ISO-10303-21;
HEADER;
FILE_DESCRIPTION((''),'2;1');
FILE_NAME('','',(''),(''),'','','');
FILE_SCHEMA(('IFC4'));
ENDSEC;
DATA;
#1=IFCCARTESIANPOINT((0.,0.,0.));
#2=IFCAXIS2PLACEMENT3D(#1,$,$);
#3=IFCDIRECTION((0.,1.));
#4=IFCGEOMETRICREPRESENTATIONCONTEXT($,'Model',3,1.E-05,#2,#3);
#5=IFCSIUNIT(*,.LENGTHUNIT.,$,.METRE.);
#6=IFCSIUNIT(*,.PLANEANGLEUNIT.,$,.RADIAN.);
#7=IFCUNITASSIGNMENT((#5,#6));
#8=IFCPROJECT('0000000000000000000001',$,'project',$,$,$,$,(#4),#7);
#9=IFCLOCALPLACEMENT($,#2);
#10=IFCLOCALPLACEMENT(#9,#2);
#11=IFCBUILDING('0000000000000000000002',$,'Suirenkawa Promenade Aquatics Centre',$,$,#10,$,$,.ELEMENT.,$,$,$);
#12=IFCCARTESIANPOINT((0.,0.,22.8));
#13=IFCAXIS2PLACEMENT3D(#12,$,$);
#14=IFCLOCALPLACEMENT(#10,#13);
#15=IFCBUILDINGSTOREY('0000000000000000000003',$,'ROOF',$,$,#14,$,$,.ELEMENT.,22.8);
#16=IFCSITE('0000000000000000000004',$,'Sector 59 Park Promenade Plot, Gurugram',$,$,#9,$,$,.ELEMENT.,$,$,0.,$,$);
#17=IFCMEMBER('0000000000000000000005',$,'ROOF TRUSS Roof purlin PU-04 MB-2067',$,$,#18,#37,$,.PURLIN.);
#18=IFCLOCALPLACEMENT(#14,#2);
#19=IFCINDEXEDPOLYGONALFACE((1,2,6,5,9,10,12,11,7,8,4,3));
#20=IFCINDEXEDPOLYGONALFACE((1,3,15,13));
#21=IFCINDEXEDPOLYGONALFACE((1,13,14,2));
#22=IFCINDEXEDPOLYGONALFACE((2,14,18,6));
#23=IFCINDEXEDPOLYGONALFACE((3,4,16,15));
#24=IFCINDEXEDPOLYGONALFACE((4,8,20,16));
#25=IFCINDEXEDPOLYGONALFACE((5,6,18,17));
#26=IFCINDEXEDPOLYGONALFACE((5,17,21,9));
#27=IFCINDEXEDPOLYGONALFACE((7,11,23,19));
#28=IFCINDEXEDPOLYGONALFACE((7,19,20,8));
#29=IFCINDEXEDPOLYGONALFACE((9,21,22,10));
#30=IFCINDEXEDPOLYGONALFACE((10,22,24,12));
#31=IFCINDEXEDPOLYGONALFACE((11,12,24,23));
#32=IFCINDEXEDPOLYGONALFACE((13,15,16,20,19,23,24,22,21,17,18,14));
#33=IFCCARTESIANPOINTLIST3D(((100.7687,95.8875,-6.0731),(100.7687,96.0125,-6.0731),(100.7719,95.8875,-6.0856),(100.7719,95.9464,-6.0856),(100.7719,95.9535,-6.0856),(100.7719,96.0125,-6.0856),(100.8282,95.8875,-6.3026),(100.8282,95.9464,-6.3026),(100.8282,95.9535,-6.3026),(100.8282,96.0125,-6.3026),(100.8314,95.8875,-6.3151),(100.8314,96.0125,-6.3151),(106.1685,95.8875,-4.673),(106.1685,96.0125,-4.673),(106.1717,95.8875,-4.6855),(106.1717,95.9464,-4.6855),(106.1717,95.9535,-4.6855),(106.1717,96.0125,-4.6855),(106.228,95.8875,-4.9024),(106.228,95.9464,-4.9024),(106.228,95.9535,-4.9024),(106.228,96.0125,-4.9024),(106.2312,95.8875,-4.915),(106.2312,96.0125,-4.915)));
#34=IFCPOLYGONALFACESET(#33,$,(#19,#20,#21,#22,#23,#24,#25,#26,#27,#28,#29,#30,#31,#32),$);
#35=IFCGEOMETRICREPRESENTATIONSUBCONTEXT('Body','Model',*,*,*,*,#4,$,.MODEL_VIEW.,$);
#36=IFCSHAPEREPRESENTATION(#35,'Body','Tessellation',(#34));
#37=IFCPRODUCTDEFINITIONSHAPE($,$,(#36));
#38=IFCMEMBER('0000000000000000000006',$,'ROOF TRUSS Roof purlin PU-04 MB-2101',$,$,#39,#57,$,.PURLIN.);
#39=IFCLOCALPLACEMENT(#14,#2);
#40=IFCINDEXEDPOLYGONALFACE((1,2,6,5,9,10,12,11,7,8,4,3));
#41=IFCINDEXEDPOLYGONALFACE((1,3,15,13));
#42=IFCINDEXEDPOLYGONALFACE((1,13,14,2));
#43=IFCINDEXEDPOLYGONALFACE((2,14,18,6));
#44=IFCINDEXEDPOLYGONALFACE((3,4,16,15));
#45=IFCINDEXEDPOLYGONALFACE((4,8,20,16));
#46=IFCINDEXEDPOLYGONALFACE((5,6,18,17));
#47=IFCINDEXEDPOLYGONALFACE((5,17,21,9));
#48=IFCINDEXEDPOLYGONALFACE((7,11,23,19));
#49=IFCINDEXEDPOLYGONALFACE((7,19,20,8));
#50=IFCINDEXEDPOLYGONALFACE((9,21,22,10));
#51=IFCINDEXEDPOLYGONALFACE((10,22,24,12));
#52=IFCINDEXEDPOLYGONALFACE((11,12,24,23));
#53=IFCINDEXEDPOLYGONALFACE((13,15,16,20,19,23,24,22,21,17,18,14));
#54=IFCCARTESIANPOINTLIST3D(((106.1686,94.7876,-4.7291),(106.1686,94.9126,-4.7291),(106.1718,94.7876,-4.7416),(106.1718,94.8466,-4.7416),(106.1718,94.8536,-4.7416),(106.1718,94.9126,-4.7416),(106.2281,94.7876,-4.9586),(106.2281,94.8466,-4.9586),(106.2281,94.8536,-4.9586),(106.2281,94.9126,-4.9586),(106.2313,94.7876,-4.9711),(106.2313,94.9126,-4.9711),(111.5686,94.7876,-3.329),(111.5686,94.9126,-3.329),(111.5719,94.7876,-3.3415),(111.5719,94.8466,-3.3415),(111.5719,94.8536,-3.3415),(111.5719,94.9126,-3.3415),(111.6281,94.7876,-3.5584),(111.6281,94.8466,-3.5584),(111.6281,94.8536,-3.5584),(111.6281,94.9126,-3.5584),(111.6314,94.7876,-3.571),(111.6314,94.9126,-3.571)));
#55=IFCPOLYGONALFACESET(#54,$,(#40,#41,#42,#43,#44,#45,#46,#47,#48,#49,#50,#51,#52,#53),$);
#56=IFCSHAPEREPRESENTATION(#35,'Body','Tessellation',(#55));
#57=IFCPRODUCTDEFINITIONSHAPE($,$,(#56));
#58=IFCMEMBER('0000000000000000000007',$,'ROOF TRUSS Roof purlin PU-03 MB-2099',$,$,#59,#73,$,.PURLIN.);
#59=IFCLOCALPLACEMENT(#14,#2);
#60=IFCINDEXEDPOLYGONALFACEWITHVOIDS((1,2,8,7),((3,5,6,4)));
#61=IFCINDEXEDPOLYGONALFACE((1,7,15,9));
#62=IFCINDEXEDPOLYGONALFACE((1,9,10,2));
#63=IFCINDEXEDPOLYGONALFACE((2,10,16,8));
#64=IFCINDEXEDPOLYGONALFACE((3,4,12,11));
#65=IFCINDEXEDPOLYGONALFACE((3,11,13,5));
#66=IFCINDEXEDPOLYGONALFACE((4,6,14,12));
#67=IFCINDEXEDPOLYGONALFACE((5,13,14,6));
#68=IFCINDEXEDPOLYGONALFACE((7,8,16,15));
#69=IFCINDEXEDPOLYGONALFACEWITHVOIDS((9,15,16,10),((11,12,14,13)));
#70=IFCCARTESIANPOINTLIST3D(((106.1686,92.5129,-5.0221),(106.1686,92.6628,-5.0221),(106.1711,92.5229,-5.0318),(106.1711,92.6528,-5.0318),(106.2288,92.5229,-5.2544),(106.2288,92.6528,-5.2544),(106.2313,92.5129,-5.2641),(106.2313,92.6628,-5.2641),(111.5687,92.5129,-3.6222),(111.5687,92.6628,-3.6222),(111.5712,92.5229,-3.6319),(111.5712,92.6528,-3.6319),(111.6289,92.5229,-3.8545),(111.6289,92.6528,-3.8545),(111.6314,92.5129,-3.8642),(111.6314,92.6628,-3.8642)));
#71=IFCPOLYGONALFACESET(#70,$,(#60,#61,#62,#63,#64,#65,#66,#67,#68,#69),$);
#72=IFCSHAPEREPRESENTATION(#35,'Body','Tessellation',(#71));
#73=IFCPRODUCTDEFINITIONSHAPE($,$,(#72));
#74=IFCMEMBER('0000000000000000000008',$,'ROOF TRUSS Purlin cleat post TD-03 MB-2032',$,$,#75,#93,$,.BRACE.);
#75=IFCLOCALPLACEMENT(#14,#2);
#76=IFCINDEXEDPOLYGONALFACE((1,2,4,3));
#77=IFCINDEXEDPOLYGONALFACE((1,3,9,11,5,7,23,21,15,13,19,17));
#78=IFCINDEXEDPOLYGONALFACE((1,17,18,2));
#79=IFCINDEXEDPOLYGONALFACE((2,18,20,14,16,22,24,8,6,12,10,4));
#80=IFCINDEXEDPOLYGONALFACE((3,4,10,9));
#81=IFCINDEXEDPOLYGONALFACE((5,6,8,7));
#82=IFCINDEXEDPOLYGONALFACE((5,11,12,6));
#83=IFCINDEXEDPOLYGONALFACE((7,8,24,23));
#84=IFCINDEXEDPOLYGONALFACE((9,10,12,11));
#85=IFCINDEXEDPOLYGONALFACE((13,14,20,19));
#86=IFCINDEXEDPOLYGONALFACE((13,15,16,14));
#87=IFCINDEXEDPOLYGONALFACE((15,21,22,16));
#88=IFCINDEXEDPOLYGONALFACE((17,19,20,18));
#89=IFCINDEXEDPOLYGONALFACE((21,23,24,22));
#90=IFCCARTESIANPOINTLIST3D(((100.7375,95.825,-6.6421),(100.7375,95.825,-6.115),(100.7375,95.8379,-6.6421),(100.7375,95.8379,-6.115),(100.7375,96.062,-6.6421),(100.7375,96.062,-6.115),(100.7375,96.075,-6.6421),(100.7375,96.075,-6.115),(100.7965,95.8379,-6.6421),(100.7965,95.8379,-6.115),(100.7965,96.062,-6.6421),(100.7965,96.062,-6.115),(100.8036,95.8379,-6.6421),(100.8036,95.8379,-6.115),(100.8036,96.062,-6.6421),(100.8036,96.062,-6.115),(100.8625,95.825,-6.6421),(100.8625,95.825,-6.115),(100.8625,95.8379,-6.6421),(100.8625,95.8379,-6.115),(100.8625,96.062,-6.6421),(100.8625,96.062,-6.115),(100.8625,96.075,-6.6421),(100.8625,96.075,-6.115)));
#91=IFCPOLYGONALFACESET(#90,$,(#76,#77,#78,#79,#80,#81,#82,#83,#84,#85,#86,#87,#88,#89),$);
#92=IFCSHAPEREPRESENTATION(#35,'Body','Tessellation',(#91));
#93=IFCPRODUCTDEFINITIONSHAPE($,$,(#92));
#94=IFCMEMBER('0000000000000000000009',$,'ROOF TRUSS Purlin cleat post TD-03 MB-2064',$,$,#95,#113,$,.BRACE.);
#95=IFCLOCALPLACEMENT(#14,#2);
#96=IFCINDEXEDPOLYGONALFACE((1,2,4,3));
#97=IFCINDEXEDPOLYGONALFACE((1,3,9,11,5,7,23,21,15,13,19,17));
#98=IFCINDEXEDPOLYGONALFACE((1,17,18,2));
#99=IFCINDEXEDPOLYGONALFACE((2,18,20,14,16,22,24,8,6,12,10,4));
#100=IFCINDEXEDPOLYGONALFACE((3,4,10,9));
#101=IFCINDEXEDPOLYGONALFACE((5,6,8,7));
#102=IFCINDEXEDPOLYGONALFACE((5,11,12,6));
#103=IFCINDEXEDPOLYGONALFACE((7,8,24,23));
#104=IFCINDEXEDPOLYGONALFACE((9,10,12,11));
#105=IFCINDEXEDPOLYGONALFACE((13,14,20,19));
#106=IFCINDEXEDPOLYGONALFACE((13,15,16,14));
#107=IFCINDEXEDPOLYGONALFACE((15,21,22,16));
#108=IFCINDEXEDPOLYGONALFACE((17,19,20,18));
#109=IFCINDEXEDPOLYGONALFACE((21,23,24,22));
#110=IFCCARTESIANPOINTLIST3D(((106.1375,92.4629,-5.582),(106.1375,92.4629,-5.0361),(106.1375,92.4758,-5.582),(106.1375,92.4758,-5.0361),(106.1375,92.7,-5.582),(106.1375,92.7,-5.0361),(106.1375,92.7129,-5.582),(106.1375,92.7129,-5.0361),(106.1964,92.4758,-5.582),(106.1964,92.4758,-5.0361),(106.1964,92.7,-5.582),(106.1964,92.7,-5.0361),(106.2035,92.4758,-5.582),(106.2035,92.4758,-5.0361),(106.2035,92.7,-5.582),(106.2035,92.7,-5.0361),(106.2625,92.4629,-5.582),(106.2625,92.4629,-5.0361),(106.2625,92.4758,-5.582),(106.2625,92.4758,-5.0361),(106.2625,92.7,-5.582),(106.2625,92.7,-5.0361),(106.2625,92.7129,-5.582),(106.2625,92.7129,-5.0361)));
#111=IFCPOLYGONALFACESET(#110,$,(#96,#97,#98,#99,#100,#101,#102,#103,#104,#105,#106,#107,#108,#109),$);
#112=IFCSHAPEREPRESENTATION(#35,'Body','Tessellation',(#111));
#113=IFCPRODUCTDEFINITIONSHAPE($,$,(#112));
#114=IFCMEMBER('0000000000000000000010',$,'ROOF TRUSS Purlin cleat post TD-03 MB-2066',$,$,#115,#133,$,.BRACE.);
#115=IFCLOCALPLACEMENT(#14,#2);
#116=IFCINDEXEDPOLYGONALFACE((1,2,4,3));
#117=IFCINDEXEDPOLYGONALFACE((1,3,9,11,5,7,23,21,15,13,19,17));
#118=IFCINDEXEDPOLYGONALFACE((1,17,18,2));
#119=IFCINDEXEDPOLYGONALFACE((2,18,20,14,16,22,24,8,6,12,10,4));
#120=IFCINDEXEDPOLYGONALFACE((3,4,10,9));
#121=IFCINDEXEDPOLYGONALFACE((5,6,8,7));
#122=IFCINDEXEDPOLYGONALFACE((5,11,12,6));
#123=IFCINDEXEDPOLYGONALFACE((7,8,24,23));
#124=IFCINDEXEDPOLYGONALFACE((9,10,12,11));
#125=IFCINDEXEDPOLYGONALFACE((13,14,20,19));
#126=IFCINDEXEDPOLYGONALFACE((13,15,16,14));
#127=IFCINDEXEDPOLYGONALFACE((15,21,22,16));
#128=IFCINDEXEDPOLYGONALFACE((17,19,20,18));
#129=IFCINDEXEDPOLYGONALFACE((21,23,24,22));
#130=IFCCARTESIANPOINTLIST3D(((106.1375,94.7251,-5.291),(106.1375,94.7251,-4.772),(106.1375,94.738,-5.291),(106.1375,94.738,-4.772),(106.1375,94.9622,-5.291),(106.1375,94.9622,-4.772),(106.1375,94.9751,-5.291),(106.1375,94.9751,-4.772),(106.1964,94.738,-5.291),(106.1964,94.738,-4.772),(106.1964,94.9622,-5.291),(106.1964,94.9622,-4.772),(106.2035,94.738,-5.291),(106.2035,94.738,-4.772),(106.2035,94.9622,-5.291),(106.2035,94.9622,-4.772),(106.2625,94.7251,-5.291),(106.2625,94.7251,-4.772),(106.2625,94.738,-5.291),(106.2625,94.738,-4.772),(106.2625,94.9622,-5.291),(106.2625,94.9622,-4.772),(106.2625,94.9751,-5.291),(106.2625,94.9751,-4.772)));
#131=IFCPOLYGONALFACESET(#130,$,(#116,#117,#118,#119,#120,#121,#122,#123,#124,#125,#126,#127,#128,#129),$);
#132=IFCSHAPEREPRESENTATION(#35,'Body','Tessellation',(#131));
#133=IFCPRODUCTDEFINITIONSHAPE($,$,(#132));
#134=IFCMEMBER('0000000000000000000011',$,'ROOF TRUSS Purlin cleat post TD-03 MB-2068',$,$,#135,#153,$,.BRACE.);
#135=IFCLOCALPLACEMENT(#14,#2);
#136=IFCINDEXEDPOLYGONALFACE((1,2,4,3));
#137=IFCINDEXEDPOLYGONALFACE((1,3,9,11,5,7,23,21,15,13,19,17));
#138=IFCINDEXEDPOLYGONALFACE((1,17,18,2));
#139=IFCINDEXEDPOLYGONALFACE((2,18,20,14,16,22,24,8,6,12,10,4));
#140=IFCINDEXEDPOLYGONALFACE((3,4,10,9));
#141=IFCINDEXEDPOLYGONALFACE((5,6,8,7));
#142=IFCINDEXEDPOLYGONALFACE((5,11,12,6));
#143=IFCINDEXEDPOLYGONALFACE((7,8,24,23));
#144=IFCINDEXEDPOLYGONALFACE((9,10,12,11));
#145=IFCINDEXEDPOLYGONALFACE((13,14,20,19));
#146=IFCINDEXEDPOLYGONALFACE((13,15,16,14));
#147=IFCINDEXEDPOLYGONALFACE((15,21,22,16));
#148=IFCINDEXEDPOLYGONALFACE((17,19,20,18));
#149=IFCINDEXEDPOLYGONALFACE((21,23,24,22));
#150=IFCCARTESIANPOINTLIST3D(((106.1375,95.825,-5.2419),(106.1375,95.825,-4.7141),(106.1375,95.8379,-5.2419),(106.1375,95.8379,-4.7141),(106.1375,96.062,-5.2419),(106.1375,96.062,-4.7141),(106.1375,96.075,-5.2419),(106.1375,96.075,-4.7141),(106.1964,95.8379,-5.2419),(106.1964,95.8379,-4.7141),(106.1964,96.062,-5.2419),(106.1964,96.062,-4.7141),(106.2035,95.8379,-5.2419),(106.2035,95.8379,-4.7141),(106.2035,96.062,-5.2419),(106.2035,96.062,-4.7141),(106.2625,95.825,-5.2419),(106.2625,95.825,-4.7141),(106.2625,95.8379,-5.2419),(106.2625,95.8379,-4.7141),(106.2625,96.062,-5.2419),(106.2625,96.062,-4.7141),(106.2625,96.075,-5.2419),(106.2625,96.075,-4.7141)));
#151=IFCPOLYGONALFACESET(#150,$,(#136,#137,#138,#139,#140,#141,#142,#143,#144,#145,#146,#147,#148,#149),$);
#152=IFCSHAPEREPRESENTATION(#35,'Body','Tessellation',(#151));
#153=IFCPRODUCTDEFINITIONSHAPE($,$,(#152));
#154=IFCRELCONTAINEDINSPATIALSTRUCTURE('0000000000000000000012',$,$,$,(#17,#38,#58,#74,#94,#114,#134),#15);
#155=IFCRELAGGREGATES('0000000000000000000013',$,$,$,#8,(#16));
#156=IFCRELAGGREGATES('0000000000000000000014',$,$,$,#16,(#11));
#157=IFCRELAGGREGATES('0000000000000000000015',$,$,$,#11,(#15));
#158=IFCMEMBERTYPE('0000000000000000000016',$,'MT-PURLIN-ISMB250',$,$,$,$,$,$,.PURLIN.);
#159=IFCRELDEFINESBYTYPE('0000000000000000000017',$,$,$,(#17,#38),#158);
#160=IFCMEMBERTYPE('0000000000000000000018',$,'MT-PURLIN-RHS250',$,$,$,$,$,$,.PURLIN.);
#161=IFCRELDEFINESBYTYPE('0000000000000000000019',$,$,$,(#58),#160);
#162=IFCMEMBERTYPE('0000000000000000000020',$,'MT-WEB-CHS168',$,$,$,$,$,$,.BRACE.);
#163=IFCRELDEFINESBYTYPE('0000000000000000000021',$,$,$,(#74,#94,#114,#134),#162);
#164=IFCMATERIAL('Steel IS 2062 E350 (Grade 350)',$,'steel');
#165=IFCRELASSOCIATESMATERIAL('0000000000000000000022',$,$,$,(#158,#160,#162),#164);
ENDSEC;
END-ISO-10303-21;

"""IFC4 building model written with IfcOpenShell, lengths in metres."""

from ifc_helpers import new_model, si_unit, direction, frame, origin, origin_2d, place, context, subcontext, project, spatial, hollow_rectangle, i_section, extrude, material, material_profile, profile_set, type_object, element, save


model = new_model("IFC4")

# Units and contexts
model_context = context("Model", 3, precision=1e-05, world=origin(), true_north=direction((0.0, 1.0)))
body_context = subcontext(model_context, "Body", "Model", "MODEL_VIEW")
ifc_project = project(units=[si_unit("LENGTHUNIT", "METRE"), si_unit("PLANEANGLEUNIT", "RADIAN")], contexts=[model_context])

# Site, building, storey
site_placement = place(None, origin())
site = spatial("IfcSite", under=ifc_project, at=site_placement, Name="Sector 59 Park Promenade Plot, Gurugram", CompositionType="ELEMENT", RefElevation=0.0)
building_placement = place(site_placement, origin())
building = spatial("IfcBuilding", under=site, at=building_placement, Name="Suirenkawa Promenade Aquatics Centre", CompositionType="ELEMENT")
storey_placement = place(building_placement, frame((0.0, 0.0, 22.8)))
storey = spatial("IfcBuildingStorey", under=building, at=storey_placement, Name="ROOF", CompositionType="ELEMENT", Elevation=22.8)

# Shared definitions
ifc_material_1 = material(Name="Steel IS 2062 E350 (Grade 350)", Category="steel")

# Members
ifc_material_profile_1 = material_profile(ifc_material_1, i_section(OverallWidth=0.125, OverallDepth=0.25, WebThickness=0.0071, FlangeThickness=0.0129, at=origin_2d()), Name="ISMB 250", Category="steel")
ifc_profile_set_1 = profile_set([ifc_material_profile_1], Name="Steel IS 2062 E350 (Grade 350)")
member_type_1 = type_object("IfcMemberType", Name="MT-PURLIN-ISMB250", PredefinedType="PURLIN", material=ifc_profile_set_1)
member_1_placement = place(storey_placement, frame((100.8, 95.95, -6.1941), z_axis=(0.967989, 0.0, 0.250991), x_axis=(0.0, 1.0, 0.0)))
element("IfcMember", 1, at=member_1_placement, inside=storey, type_object=member_type_1, Name="ROOF TRUSS Roof purlin PU-04 MB-2067", PredefinedType="PURLIN", context=body_context, shape_type="SweptSolid", body=[
    extrude(i_section(OverallWidth=0.125, OverallDepth=0.25, WebThickness=0.0071, FlangeThickness=0.0129, at=origin_2d()), origin(), (0.0, 0.0, 1.0), 5.5784),
])
member_2_placement = place(storey_placement, frame((106.2, 94.8501, -4.8501), z_axis=(0.967992, 0.0, 0.25098), x_axis=(0.0, 1.0, 0.0)))
element("IfcMember", 2, at=member_2_placement, inside=storey, type_object=member_type_1, Name="ROOF TRUSS Roof purlin PU-04 MB-2101", PredefinedType="PURLIN", context=body_context, shape_type="SweptSolid", body=[
    extrude(i_section(OverallWidth=0.125, OverallDepth=0.25, WebThickness=0.0071, FlangeThickness=0.0129, at=origin_2d()), origin(), (0.0, 0.0, 1.0), 5.5786),
])
ifc_material_profile_2 = material_profile(ifc_material_1, hollow_rectangle(XDim=0.1499, YDim=0.25, WallThickness=0.01, at=origin_2d()), Name="RHS 250x150x10", Category="steel")
ifc_profile_set_2 = profile_set([ifc_material_profile_2], Name="Steel IS 2062 E350 (Grade 350)")
member_type_2 = type_object("IfcMemberType", Name="MT-PURLIN-RHS250", PredefinedType="PURLIN", material=ifc_profile_set_2)
member_3_placement = place(storey_placement, frame((106.2, 92.5879, -5.1431), z_axis=(0.968003, 0.0, 0.250939), x_axis=(0.0, 1.0, 0.0)))
element("IfcMember", 3, at=member_3_placement, inside=storey, type_object=member_type_2, Name="ROOF TRUSS Roof purlin PU-03 MB-2099", PredefinedType="PURLIN", context=body_context, shape_type="SweptSolid", body=[
    extrude(hollow_rectangle(XDim=0.1499, YDim=0.25, WallThickness=0.01, at=origin_2d()), origin(), (0.0, 0.0, 1.0), 5.5786),
])
ifc_material_profile_3 = material_profile(ifc_material_1, i_section(OverallWidth=0.125, OverallDepth=0.25, WebThickness=0.0071, FlangeThickness=0.0129, at=origin_2d()), Name="ISMB 250", Category="steel")
ifc_profile_set_3 = profile_set([ifc_material_profile_3], Name="Steel IS 2062 E350 (Grade 350)")
member_type_3 = type_object("IfcMemberType", Name="MT-WEB-CHS168", PredefinedType="BRACE", material=ifc_profile_set_3)
member_4_placement = place(storey_placement, frame((100.8, 95.95, -6.6421), z_axis=(0.0, 0.0, 1.0), x_axis=(1.0, 0.0, 0.0)))
element("IfcMember", 4, at=member_4_placement, inside=storey, type_object=member_type_3, Name="ROOF TRUSS Purlin cleat post TD-03 MB-2032", PredefinedType="BRACE", context=body_context, shape_type="SweptSolid", body=[
    extrude(i_section(OverallWidth=0.125, OverallDepth=0.25, WebThickness=0.0071, FlangeThickness=0.0129, at=origin_2d()), origin(), (0.0, 0.0, 1.0), 0.5271),
])
member_5_placement = place(storey_placement, frame((106.2, 92.5879, -5.582), z_axis=(0.0, 0.0, 1.0), x_axis=(1.0, 0.0, 0.0)))
element("IfcMember", 5, at=member_5_placement, inside=storey, type_object=member_type_3, Name="ROOF TRUSS Purlin cleat post TD-03 MB-2064", PredefinedType="BRACE", context=body_context, shape_type="SweptSolid", body=[
    extrude(i_section(OverallWidth=0.125, OverallDepth=0.25, WebThickness=0.0071, FlangeThickness=0.0129, at=origin_2d()), origin(), (0.0, 0.0, 1.0), 0.5459),
])
member_6_placement = place(storey_placement, frame((106.2, 94.8501, -5.291), z_axis=(0.0, 0.0, 1.0), x_axis=(1.0, 0.0, 0.0)))
element("IfcMember", 6, at=member_6_placement, inside=storey, type_object=member_type_3, Name="ROOF TRUSS Purlin cleat post TD-03 MB-2066", PredefinedType="BRACE", context=body_context, shape_type="SweptSolid", body=[
    extrude(i_section(OverallWidth=0.125, OverallDepth=0.25, WebThickness=0.0071, FlangeThickness=0.0129, at=origin_2d()), origin(), (0.0, 0.0, 1.0), 0.519),
])
member_7_placement = place(storey_placement, frame((106.2, 95.95, -5.2419), z_axis=(0.0, 0.0, 1.0), x_axis=(1.0, 0.0, 0.0)))
element("IfcMember", 7, at=member_7_placement, inside=storey, type_object=member_type_3, Name="ROOF TRUSS Purlin cleat post TD-03 MB-2068", PredefinedType="BRACE", context=body_context, shape_type="SweptSolid", body=[
    extrude(i_section(OverallWidth=0.125, OverallDepth=0.25, WebThickness=0.0071, FlangeThickness=0.0129, at=origin_2d()), origin(), (0.0, 0.0, 1.0), 0.5278),
])

save(model, "model.ifc")
